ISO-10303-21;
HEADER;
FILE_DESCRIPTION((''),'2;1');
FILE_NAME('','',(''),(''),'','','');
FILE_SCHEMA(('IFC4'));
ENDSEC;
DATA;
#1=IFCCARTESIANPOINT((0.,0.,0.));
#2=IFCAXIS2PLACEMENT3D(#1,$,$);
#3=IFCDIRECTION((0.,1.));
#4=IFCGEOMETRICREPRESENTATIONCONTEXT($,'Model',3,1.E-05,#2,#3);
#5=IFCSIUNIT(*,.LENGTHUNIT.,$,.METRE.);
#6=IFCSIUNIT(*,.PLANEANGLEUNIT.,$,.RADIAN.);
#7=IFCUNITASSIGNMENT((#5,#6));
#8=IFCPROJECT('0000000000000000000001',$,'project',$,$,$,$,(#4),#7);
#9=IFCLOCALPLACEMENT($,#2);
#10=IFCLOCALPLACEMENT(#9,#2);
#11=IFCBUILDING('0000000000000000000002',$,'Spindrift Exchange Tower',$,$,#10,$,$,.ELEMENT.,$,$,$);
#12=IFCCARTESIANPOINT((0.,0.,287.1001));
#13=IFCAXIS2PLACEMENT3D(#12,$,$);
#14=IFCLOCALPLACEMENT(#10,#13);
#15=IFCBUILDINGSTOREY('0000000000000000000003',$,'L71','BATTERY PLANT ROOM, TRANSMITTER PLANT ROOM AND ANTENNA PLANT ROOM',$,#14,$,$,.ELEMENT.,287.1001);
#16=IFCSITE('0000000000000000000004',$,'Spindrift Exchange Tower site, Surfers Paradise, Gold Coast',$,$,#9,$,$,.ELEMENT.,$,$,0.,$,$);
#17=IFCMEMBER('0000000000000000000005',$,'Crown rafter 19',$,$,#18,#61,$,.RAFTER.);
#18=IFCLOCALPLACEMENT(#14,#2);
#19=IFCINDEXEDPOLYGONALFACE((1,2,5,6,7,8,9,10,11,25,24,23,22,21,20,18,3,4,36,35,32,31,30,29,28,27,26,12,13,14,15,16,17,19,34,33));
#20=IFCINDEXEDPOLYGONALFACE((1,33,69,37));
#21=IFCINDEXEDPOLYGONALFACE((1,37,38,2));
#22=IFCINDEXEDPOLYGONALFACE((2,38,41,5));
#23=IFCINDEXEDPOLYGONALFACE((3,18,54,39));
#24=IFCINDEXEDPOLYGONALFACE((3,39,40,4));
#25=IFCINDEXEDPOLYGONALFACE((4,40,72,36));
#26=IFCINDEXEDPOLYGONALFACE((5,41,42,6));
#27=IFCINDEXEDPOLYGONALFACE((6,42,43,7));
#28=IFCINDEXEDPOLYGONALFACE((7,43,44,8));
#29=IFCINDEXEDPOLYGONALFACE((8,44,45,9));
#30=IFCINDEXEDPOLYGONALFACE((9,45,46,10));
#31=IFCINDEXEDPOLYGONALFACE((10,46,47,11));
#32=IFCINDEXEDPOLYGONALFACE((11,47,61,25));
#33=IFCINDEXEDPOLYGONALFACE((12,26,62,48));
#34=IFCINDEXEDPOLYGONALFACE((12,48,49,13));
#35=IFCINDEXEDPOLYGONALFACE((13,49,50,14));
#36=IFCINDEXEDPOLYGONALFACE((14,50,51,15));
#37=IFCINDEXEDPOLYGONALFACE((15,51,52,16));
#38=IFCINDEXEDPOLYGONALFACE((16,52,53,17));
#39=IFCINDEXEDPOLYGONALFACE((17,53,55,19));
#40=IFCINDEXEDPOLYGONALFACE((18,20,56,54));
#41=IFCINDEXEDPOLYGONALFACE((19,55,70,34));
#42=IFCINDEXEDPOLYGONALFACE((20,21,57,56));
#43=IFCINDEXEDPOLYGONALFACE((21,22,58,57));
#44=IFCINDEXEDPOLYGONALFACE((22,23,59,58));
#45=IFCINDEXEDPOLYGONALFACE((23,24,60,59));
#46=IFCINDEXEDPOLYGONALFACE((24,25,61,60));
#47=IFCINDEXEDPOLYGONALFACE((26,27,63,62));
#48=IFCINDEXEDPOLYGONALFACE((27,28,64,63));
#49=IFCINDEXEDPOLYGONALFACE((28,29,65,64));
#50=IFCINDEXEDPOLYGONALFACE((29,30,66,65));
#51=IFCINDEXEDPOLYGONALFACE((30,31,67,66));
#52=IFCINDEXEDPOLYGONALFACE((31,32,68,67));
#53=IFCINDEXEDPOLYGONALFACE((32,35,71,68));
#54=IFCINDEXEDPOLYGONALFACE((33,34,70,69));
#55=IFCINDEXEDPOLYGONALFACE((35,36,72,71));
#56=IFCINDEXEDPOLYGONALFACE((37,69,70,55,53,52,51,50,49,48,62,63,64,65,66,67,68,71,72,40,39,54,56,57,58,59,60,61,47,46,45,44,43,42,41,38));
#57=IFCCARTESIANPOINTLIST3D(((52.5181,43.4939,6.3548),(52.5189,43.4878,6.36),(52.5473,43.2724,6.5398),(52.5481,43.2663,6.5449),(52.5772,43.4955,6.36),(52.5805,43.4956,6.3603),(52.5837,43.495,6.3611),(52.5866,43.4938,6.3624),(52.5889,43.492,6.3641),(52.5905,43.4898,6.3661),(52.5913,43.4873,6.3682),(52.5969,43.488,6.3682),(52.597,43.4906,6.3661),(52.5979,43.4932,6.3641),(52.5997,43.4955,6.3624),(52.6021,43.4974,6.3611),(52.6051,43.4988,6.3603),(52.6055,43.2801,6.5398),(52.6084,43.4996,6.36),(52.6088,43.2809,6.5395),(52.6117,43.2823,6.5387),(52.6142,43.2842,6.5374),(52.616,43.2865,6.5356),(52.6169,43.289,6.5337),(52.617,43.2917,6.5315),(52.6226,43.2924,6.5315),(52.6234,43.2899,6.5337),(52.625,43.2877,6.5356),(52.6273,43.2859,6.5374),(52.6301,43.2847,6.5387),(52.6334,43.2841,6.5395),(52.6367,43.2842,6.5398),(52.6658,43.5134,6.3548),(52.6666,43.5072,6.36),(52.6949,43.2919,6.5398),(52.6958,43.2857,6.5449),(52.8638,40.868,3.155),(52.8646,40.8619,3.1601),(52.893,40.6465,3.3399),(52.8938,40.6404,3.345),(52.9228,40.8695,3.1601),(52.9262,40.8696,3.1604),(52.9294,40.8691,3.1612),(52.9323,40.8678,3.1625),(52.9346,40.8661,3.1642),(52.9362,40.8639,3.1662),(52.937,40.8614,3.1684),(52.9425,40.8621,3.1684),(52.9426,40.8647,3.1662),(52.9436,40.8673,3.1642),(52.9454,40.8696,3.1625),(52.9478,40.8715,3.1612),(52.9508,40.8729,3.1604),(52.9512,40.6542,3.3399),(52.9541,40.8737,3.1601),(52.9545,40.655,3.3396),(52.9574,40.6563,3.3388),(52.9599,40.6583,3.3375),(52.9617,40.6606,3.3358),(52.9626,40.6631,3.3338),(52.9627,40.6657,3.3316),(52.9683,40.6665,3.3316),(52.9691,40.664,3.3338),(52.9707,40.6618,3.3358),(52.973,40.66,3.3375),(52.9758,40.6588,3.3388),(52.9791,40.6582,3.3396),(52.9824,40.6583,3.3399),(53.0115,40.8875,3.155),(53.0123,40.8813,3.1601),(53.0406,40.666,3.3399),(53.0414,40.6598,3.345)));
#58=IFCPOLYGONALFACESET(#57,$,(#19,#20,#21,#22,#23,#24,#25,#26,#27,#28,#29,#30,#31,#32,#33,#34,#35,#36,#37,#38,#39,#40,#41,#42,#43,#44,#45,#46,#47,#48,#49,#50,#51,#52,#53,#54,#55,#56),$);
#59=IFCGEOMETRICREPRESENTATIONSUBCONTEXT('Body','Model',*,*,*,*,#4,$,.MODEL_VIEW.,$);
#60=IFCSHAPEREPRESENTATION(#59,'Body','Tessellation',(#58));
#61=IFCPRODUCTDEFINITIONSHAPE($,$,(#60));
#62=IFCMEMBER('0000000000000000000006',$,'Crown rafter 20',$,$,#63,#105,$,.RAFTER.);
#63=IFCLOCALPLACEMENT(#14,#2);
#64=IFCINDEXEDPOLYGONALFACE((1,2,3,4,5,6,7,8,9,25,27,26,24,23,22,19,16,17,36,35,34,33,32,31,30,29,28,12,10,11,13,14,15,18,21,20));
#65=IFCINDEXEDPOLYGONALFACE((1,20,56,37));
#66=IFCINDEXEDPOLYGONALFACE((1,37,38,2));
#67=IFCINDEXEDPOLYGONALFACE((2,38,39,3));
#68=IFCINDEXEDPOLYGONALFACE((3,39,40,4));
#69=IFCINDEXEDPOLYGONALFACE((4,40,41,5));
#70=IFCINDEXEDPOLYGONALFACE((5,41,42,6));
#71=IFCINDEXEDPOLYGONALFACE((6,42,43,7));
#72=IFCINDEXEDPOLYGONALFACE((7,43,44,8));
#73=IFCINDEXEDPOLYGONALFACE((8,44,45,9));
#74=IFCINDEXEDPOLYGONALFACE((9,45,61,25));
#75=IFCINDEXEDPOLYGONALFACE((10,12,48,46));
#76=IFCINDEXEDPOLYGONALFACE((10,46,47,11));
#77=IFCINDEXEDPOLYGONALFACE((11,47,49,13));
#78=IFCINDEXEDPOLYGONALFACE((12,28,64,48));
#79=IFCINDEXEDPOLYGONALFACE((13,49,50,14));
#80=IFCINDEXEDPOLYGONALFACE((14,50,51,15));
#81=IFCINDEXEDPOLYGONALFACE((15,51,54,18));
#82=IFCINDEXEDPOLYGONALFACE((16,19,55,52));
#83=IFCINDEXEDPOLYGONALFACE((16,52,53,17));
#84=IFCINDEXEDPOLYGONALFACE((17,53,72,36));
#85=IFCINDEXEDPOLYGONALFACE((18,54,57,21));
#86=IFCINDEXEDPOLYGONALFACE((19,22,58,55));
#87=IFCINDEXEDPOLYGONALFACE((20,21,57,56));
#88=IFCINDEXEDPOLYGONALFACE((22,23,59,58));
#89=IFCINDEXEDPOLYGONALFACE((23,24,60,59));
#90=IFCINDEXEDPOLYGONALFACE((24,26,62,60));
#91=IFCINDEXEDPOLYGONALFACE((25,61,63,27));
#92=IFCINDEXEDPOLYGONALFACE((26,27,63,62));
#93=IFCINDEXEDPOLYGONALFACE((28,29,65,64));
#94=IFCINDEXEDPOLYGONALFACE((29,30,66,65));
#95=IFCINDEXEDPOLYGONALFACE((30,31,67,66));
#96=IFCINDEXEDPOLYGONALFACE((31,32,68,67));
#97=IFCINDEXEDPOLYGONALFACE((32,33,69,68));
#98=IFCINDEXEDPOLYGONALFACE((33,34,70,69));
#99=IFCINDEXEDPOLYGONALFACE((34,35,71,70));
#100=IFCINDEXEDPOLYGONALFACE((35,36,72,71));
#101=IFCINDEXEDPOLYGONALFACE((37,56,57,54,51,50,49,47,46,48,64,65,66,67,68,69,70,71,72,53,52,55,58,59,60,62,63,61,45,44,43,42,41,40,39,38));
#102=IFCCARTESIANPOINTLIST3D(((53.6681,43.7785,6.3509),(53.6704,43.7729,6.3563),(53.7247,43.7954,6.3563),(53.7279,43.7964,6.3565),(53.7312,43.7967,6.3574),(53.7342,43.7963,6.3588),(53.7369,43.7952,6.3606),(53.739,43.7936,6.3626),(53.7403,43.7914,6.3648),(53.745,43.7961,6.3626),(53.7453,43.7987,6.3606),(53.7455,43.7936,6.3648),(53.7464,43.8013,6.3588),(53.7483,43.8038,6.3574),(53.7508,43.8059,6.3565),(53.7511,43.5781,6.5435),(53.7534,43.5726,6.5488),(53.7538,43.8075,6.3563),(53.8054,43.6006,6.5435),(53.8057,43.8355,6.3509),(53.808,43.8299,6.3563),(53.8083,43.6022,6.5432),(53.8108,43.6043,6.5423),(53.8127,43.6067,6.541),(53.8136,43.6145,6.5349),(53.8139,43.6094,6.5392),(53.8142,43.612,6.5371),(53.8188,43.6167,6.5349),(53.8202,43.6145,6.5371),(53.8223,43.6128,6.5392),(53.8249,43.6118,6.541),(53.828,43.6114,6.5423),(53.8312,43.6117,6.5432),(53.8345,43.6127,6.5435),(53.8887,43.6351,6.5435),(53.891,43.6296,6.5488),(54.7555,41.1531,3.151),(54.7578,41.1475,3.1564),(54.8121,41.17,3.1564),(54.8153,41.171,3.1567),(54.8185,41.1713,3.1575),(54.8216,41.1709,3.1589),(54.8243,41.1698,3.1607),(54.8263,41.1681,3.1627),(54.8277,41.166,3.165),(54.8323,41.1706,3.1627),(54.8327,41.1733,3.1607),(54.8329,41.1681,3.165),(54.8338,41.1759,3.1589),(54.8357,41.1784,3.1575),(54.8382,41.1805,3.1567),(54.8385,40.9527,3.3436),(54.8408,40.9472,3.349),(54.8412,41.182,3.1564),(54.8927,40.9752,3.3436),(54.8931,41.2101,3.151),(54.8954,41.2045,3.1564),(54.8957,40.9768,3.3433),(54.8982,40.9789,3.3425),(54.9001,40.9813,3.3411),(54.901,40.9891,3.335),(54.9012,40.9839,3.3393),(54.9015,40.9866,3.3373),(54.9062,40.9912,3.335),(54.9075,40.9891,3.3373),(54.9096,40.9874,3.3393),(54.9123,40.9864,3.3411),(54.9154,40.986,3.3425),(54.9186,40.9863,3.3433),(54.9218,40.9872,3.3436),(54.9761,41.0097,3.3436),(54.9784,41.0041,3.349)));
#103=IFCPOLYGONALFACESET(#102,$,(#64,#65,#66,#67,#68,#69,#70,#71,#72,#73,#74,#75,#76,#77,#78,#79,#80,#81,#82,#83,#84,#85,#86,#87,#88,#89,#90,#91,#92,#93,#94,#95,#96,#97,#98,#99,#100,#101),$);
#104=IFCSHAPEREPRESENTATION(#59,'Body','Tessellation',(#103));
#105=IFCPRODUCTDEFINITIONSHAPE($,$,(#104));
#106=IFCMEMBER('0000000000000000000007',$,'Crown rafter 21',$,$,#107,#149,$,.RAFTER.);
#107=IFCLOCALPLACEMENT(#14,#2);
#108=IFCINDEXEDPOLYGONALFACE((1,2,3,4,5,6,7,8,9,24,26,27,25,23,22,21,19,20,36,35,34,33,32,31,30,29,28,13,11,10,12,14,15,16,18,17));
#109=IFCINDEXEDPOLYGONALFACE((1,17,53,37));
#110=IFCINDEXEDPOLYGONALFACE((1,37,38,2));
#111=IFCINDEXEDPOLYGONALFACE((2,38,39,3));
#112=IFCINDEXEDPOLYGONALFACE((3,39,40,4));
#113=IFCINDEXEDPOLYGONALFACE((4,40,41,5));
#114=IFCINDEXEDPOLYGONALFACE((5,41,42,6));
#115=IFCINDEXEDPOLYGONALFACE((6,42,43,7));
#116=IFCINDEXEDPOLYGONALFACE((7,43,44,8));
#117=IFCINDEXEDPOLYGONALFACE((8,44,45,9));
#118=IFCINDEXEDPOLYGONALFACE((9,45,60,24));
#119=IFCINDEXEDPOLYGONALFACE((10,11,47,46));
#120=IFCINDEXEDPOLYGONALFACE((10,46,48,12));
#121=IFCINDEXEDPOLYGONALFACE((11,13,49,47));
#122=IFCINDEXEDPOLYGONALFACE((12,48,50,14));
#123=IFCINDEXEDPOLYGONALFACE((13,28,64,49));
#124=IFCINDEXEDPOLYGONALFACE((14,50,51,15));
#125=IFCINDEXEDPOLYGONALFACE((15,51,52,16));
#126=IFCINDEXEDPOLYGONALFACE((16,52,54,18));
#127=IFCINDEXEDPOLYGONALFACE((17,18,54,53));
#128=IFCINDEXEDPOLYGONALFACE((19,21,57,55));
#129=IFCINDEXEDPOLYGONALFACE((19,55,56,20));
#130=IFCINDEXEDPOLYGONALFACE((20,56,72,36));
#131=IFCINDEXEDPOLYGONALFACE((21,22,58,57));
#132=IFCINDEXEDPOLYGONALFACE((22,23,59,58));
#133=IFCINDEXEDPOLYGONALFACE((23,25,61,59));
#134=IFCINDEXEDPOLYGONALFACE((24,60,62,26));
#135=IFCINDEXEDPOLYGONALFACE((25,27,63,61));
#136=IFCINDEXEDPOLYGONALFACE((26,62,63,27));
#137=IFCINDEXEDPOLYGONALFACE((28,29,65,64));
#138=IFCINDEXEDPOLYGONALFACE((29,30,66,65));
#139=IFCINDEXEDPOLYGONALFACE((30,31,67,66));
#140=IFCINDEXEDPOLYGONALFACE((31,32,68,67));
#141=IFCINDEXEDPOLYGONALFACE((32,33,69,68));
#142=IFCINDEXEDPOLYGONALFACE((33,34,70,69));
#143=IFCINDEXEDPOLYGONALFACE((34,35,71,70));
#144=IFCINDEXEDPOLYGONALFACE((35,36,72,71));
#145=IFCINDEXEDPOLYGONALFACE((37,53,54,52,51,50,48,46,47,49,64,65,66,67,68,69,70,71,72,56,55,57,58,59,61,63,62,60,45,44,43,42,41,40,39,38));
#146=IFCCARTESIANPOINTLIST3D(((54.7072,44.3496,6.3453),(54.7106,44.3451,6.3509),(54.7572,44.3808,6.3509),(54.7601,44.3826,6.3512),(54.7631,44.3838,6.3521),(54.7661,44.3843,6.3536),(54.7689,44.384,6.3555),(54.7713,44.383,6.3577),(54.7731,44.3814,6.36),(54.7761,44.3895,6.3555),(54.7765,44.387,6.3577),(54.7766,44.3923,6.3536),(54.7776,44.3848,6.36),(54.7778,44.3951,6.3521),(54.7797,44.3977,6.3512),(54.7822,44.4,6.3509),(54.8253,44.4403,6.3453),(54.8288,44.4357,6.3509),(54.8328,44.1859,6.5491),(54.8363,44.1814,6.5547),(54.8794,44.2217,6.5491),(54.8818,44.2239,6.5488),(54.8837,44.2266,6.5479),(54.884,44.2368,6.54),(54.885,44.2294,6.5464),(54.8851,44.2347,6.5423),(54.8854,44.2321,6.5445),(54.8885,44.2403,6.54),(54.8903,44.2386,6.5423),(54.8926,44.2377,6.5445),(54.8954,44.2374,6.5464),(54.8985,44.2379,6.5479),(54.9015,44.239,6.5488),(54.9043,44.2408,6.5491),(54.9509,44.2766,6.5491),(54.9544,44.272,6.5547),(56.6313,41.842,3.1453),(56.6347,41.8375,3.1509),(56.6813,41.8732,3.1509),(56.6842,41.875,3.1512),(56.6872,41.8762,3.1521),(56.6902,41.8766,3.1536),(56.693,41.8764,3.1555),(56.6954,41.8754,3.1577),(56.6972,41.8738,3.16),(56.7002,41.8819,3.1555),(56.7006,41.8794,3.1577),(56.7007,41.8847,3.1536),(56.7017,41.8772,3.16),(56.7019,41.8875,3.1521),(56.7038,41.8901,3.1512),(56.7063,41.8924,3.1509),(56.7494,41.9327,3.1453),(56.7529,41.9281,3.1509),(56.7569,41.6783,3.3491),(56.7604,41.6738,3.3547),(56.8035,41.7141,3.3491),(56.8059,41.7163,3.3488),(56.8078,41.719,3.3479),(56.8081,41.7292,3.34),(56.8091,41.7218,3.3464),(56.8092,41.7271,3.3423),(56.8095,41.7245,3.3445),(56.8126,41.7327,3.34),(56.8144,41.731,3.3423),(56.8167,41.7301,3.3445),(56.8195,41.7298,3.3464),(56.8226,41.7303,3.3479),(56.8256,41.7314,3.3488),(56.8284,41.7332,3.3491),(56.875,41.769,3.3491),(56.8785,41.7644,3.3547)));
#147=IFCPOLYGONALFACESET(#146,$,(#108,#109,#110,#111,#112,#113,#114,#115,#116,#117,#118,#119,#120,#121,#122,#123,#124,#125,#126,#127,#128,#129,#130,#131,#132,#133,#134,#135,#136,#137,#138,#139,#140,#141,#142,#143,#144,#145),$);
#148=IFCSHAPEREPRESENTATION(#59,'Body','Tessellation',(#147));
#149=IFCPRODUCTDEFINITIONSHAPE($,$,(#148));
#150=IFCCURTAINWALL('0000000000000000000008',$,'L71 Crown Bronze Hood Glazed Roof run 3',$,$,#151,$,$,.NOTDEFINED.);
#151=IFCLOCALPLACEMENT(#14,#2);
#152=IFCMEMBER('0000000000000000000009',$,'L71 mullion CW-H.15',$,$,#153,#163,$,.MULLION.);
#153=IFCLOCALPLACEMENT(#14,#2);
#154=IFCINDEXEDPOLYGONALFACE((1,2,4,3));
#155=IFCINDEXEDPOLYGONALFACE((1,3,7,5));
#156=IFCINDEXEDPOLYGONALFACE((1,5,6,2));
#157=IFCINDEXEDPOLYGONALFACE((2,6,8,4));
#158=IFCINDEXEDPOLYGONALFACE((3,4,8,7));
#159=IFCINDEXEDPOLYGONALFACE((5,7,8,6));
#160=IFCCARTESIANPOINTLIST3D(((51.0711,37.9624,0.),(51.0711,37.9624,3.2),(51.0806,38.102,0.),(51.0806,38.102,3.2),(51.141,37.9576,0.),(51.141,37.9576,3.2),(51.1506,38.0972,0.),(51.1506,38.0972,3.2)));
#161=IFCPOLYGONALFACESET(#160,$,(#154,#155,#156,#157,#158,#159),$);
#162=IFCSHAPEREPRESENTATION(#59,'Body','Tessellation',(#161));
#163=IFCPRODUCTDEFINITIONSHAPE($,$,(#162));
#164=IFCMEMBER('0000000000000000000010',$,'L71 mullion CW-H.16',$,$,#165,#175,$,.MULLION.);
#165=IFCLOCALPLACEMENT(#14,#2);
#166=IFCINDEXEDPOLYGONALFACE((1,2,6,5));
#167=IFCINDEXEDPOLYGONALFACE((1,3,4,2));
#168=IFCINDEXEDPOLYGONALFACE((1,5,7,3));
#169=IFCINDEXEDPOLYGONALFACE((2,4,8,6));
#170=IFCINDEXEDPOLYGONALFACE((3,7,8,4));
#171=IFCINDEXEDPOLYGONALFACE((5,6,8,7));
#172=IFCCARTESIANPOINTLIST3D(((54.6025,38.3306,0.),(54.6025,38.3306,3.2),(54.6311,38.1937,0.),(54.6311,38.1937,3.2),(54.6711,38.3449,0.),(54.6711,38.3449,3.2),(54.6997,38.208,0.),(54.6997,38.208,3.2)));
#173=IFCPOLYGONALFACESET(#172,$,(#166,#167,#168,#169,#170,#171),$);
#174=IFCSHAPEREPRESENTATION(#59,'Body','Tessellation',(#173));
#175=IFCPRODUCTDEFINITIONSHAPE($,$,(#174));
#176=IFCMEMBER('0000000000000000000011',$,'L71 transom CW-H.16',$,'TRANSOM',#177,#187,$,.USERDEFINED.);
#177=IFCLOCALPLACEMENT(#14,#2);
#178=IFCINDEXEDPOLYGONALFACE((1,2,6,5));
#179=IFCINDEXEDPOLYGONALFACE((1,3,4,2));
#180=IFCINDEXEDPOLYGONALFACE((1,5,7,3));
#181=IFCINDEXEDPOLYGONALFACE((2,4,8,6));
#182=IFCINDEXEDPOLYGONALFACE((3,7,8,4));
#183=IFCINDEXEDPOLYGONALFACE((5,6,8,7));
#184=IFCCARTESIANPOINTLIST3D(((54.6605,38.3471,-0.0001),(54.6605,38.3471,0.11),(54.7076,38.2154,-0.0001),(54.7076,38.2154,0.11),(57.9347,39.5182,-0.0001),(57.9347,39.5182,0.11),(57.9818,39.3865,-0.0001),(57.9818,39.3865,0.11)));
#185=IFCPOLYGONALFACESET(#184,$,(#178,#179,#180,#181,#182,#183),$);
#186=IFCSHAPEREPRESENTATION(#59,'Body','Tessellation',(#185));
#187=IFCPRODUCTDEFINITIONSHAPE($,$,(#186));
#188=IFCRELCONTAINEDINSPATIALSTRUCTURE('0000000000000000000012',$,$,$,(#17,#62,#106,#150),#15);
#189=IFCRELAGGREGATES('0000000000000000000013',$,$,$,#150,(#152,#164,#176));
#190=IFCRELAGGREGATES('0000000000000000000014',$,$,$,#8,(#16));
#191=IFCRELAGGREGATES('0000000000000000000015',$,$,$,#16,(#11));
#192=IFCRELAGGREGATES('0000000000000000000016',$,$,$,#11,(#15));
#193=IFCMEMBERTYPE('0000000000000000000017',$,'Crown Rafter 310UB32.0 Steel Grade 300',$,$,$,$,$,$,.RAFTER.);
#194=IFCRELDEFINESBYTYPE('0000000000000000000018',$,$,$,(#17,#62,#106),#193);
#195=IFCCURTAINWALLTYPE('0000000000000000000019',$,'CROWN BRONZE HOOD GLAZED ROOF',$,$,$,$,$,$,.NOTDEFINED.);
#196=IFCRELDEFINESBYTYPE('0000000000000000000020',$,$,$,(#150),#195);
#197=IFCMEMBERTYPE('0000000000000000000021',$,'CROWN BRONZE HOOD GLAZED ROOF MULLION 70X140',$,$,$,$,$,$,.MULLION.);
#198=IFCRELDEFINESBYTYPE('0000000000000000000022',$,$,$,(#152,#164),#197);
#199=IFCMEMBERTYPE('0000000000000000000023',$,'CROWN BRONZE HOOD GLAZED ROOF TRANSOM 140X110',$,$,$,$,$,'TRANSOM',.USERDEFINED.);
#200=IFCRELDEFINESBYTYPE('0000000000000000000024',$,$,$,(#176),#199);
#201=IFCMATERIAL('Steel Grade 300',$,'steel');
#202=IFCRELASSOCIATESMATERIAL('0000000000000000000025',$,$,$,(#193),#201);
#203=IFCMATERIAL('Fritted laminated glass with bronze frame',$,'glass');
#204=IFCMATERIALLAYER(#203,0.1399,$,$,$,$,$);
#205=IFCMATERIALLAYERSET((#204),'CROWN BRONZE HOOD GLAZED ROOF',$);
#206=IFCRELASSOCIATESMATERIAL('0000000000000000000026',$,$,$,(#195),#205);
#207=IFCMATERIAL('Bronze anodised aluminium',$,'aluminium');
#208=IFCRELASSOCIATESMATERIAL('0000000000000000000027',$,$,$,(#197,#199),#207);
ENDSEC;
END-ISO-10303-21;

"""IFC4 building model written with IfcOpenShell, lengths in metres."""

from ifc_helpers import new_model, si_unit, direction, frame, origin, origin_2d, place, context, subcontext, project, spatial, rectangle, i_section, extrude, source, transform, mapped, material, layer, layer_set, material_profile, profile_set, type_object, element, aggregate, save


model = new_model("IFC4")

# Units and contexts
model_context = context("Model", 3, precision=1e-05, world=origin(), true_north=direction((0.0, 1.0)))
body_context = subcontext(model_context, "Body", "Model", "MODEL_VIEW")
ifc_project = project(units=[si_unit("LENGTHUNIT", "METRE"), si_unit("PLANEANGLEUNIT", "RADIAN")], contexts=[model_context])

# Site, building, storey
site_placement = place(None, origin())
site = spatial("IfcSite", under=ifc_project, at=site_placement, Name="Spindrift Exchange Tower site, Surfers Paradise, Gold Coast", CompositionType="ELEMENT", RefElevation=0.0)
building_placement = place(site_placement, origin())
building = spatial("IfcBuilding", under=site, at=building_placement, Name="Spindrift Exchange Tower", CompositionType="ELEMENT")
storey_placement = place(building_placement, frame((0.0, 0.0, 287.1001)))
storey = spatial("IfcBuildingStorey", under=building, at=storey_placement, Name="L71", Description="BATTERY PLANT ROOM, TRANSMITTER PLANT ROOM AND ANTENNA PLANT ROOM", CompositionType="ELEMENT", Elevation=287.1001)

# Shared definitions
ifc_material_1 = material(Name="Steel Grade 300", Category="steel")

# Members
ifc_material_profile_1 = material_profile(ifc_material_1, i_section(OverallWidth=0.1489, OverallDepth=0.2981, WebThickness=0.0056, FlangeThickness=0.0081, FilletRadius=0.0129, at=origin_2d()), Name="310UB32.0")
ifc_profile_set_1 = profile_set([ifc_material_profile_1], Name="Steel Grade 300")
member_type_1 = type_object("IfcMemberType", Name="Crown Rafter 310UB32.0 Steel Grade 300", PredefinedType="RAFTER", material=ifc_profile_set_1)
shared_shape_1 = source(origin(), body_context, "Body", "SweptSolid", [
    extrude(i_section(OverallWidth=0.1489, OverallDepth=0.2981, WebThickness=0.0056, FlangeThickness=0.0081, FilletRadius=0.0129, at=origin_2d()), origin(), (0.0, 0.0, 1.0), 4.1538),
])
member_1_placement = place(storey_placement, frame((52.9526, 40.7639, 3.25), z_axis=(-0.083224, 0.63217, 0.770347), x_axis=(-0.991446, -0.130521, 0.0)))
element("IfcMember", 1, at=member_1_placement, inside=storey, type_object=member_type_1, Name="Crown rafter 19", PredefinedType="RAFTER", context=body_context, shape_type="MappedRepresentation", body=[
    mapped(shared_shape_1, transform((0.0, 0.0, 0.0), scale=1.0)),
])
shared_shape_2 = source(origin(), body_context, "Body", "SweptSolid", [
    extrude(i_section(OverallWidth=0.1489, OverallDepth=0.2981, WebThickness=0.0056, FlangeThickness=0.0081, FilletRadius=0.0129, at=origin_2d()), origin(), (0.0, 0.0, 1.0), 4.2795),
])
member_2_placement = place(storey_placement, frame((54.8669, 41.0786, 3.25), z_axis=(-0.254087, 0.613483, 0.747715), x_axis=(-0.923893, -0.38265, 0.0)))
element("IfcMember", 2, at=member_2_placement, inside=storey, type_object=member_type_1, Name="Crown rafter 20", PredefinedType="RAFTER", context=body_context, shape_type="MappedRepresentation", body=[
    mapped(shared_shape_2, transform((0.0, 0.0, 0.0), scale=1.0)),
])
shared_shape_3 = source(origin(), body_context, "Body", "SweptSolid", [
    extrude(i_section(OverallWidth=0.1489, OverallDepth=0.2981, WebThickness=0.0056, FlangeThickness=0.0081, FilletRadius=0.0129, at=origin_2d()), origin(), (0.0, 0.0, 1.0), 4.4978),
])
member_3_placement = place(storey_placement, frame((56.7549, 41.8032, 3.25), z_axis=(-0.427787, 0.557518, 0.711458), x_axis=(-0.793361, -0.608751, 0.0)))
element("IfcMember", 3, at=member_3_placement, inside=storey, type_object=member_type_1, Name="Crown rafter 21", PredefinedType="RAFTER", context=body_context, shape_type="MappedRepresentation", body=[
    mapped(shared_shape_3, transform((0.0, 0.0, 0.0), scale=1.0)),
])

# Curtain wall, members
ifc_material_2 = material(Name="Fritted laminated glass with bronze frame", Category="glass")
ifc_layer_1 = layer(ifc_material_2, 0.1399)
ifc_layer_set_1 = layer_set([ifc_layer_1], Name="CROWN BRONZE HOOD GLAZED ROOF")
curtain_wall_type = type_object("IfcCurtainWallType", Name="CROWN BRONZE HOOD GLAZED ROOF", PredefinedType="NOTDEFINED", material=ifc_layer_set_1)
curtain_wall_placement = place(storey_placement, origin())
curtain_wall = element("IfcCurtainWall", 4, at=curtain_wall_placement, inside=storey, type_object=curtain_wall_type, Name="L71 Crown Bronze Hood Glazed Roof run 3", PredefinedType="NOTDEFINED")
ifc_material_3 = material(Name="Bronze anodised aluminium", Category="aluminium")
ifc_material_profile_2 = material_profile(ifc_material_3, rectangle(XDim=0.0701, YDim=0.1399, at=origin_2d()), Name="CROWN BRONZE HOOD GLAZED ROOF MULLION 70X140")
ifc_profile_set_2 = profile_set([ifc_material_profile_2], Name="Bronze anodised aluminium")
member_type_2 = type_object("IfcMemberType", Name="CROWN BRONZE HOOD GLAZED ROOF MULLION 70X140", PredefinedType="MULLION", material=ifc_profile_set_2)
shared_shape_4 = source(origin(), body_context, "Body", "SweptSolid", [
    extrude(rectangle(XDim=0.0701, YDim=0.1399, at=origin_2d()), origin(), (0.0, 0.0, 1.0), 3.2),
])
member_4_placement = place(storey_placement, frame((51.1108, 38.0298, 0.0), z_axis=(0.0, 0.0, 1.0), x_axis=(0.997681, -0.068062, 0.0)))
member_4 = element("IfcMember", 5, at=member_4_placement, type_object=member_type_2, Name="L71 mullion CW-H.15", PredefinedType="MULLION", context=body_context, shape_type="MappedRepresentation", body=[
    mapped(shared_shape_4, transform((0.0, 0.0, 0.0), scale=1.0)),
])
member_5_placement = place(storey_placement, frame((54.6511, 38.2693, 0.0), z_axis=(0.0, 0.0, 1.0), x_axis=(0.978948, 0.204111, 0.0)))
member_5 = element("IfcMember", 6, at=member_5_placement, type_object=member_type_2, Name="L71 mullion CW-H.16", PredefinedType="MULLION", context=body_context, shape_type="MappedRepresentation", body=[
    mapped(shared_shape_4, transform((0.0, 0.0, 0.0), scale=1.0)),
])
ifc_material_profile_3 = material_profile(ifc_material_3, rectangle(XDim=0.1399, YDim=0.1101, at=origin_2d()), Name="CROWN BRONZE HOOD GLAZED ROOF TRANSOM 140X110")
ifc_profile_set_3 = profile_set([ifc_material_profile_3], Name="Bronze anodised aluminium")
member_type_3 = type_object("IfcMemberType", Name="CROWN BRONZE HOOD GLAZED ROOF TRANSOM 140X110", ElementType="TRANSOM", PredefinedType="USERDEFINED", material=ifc_profile_set_3)
shared_shape_5 = source(origin(), body_context, "Body", "SweptSolid", [
    extrude(rectangle(XDim=0.1399, YDim=0.1101, at=origin_2d()), origin(), (0.0, 0.0, 1.0), 3.4773),
])
member_6_placement = place(storey_placement, frame((54.6841, 38.2812, 0.0549), z_axis=(0.941578, 0.336794, 0.0), x_axis=(-0.336794, 0.941578, 0.0)))
member_6 = element("IfcMember", 7, at=member_6_placement, type_object=member_type_3, Name="L71 transom CW-H.16", ObjectType="TRANSOM", PredefinedType="USERDEFINED", context=body_context, shape_type="MappedRepresentation", body=[
    mapped(shared_shape_5, transform((0.0, 0.0, 0.0), scale=1.0)),
])
aggregate(curtain_wall, [member_4, member_5, member_6])

save(model, "model.ifc")
